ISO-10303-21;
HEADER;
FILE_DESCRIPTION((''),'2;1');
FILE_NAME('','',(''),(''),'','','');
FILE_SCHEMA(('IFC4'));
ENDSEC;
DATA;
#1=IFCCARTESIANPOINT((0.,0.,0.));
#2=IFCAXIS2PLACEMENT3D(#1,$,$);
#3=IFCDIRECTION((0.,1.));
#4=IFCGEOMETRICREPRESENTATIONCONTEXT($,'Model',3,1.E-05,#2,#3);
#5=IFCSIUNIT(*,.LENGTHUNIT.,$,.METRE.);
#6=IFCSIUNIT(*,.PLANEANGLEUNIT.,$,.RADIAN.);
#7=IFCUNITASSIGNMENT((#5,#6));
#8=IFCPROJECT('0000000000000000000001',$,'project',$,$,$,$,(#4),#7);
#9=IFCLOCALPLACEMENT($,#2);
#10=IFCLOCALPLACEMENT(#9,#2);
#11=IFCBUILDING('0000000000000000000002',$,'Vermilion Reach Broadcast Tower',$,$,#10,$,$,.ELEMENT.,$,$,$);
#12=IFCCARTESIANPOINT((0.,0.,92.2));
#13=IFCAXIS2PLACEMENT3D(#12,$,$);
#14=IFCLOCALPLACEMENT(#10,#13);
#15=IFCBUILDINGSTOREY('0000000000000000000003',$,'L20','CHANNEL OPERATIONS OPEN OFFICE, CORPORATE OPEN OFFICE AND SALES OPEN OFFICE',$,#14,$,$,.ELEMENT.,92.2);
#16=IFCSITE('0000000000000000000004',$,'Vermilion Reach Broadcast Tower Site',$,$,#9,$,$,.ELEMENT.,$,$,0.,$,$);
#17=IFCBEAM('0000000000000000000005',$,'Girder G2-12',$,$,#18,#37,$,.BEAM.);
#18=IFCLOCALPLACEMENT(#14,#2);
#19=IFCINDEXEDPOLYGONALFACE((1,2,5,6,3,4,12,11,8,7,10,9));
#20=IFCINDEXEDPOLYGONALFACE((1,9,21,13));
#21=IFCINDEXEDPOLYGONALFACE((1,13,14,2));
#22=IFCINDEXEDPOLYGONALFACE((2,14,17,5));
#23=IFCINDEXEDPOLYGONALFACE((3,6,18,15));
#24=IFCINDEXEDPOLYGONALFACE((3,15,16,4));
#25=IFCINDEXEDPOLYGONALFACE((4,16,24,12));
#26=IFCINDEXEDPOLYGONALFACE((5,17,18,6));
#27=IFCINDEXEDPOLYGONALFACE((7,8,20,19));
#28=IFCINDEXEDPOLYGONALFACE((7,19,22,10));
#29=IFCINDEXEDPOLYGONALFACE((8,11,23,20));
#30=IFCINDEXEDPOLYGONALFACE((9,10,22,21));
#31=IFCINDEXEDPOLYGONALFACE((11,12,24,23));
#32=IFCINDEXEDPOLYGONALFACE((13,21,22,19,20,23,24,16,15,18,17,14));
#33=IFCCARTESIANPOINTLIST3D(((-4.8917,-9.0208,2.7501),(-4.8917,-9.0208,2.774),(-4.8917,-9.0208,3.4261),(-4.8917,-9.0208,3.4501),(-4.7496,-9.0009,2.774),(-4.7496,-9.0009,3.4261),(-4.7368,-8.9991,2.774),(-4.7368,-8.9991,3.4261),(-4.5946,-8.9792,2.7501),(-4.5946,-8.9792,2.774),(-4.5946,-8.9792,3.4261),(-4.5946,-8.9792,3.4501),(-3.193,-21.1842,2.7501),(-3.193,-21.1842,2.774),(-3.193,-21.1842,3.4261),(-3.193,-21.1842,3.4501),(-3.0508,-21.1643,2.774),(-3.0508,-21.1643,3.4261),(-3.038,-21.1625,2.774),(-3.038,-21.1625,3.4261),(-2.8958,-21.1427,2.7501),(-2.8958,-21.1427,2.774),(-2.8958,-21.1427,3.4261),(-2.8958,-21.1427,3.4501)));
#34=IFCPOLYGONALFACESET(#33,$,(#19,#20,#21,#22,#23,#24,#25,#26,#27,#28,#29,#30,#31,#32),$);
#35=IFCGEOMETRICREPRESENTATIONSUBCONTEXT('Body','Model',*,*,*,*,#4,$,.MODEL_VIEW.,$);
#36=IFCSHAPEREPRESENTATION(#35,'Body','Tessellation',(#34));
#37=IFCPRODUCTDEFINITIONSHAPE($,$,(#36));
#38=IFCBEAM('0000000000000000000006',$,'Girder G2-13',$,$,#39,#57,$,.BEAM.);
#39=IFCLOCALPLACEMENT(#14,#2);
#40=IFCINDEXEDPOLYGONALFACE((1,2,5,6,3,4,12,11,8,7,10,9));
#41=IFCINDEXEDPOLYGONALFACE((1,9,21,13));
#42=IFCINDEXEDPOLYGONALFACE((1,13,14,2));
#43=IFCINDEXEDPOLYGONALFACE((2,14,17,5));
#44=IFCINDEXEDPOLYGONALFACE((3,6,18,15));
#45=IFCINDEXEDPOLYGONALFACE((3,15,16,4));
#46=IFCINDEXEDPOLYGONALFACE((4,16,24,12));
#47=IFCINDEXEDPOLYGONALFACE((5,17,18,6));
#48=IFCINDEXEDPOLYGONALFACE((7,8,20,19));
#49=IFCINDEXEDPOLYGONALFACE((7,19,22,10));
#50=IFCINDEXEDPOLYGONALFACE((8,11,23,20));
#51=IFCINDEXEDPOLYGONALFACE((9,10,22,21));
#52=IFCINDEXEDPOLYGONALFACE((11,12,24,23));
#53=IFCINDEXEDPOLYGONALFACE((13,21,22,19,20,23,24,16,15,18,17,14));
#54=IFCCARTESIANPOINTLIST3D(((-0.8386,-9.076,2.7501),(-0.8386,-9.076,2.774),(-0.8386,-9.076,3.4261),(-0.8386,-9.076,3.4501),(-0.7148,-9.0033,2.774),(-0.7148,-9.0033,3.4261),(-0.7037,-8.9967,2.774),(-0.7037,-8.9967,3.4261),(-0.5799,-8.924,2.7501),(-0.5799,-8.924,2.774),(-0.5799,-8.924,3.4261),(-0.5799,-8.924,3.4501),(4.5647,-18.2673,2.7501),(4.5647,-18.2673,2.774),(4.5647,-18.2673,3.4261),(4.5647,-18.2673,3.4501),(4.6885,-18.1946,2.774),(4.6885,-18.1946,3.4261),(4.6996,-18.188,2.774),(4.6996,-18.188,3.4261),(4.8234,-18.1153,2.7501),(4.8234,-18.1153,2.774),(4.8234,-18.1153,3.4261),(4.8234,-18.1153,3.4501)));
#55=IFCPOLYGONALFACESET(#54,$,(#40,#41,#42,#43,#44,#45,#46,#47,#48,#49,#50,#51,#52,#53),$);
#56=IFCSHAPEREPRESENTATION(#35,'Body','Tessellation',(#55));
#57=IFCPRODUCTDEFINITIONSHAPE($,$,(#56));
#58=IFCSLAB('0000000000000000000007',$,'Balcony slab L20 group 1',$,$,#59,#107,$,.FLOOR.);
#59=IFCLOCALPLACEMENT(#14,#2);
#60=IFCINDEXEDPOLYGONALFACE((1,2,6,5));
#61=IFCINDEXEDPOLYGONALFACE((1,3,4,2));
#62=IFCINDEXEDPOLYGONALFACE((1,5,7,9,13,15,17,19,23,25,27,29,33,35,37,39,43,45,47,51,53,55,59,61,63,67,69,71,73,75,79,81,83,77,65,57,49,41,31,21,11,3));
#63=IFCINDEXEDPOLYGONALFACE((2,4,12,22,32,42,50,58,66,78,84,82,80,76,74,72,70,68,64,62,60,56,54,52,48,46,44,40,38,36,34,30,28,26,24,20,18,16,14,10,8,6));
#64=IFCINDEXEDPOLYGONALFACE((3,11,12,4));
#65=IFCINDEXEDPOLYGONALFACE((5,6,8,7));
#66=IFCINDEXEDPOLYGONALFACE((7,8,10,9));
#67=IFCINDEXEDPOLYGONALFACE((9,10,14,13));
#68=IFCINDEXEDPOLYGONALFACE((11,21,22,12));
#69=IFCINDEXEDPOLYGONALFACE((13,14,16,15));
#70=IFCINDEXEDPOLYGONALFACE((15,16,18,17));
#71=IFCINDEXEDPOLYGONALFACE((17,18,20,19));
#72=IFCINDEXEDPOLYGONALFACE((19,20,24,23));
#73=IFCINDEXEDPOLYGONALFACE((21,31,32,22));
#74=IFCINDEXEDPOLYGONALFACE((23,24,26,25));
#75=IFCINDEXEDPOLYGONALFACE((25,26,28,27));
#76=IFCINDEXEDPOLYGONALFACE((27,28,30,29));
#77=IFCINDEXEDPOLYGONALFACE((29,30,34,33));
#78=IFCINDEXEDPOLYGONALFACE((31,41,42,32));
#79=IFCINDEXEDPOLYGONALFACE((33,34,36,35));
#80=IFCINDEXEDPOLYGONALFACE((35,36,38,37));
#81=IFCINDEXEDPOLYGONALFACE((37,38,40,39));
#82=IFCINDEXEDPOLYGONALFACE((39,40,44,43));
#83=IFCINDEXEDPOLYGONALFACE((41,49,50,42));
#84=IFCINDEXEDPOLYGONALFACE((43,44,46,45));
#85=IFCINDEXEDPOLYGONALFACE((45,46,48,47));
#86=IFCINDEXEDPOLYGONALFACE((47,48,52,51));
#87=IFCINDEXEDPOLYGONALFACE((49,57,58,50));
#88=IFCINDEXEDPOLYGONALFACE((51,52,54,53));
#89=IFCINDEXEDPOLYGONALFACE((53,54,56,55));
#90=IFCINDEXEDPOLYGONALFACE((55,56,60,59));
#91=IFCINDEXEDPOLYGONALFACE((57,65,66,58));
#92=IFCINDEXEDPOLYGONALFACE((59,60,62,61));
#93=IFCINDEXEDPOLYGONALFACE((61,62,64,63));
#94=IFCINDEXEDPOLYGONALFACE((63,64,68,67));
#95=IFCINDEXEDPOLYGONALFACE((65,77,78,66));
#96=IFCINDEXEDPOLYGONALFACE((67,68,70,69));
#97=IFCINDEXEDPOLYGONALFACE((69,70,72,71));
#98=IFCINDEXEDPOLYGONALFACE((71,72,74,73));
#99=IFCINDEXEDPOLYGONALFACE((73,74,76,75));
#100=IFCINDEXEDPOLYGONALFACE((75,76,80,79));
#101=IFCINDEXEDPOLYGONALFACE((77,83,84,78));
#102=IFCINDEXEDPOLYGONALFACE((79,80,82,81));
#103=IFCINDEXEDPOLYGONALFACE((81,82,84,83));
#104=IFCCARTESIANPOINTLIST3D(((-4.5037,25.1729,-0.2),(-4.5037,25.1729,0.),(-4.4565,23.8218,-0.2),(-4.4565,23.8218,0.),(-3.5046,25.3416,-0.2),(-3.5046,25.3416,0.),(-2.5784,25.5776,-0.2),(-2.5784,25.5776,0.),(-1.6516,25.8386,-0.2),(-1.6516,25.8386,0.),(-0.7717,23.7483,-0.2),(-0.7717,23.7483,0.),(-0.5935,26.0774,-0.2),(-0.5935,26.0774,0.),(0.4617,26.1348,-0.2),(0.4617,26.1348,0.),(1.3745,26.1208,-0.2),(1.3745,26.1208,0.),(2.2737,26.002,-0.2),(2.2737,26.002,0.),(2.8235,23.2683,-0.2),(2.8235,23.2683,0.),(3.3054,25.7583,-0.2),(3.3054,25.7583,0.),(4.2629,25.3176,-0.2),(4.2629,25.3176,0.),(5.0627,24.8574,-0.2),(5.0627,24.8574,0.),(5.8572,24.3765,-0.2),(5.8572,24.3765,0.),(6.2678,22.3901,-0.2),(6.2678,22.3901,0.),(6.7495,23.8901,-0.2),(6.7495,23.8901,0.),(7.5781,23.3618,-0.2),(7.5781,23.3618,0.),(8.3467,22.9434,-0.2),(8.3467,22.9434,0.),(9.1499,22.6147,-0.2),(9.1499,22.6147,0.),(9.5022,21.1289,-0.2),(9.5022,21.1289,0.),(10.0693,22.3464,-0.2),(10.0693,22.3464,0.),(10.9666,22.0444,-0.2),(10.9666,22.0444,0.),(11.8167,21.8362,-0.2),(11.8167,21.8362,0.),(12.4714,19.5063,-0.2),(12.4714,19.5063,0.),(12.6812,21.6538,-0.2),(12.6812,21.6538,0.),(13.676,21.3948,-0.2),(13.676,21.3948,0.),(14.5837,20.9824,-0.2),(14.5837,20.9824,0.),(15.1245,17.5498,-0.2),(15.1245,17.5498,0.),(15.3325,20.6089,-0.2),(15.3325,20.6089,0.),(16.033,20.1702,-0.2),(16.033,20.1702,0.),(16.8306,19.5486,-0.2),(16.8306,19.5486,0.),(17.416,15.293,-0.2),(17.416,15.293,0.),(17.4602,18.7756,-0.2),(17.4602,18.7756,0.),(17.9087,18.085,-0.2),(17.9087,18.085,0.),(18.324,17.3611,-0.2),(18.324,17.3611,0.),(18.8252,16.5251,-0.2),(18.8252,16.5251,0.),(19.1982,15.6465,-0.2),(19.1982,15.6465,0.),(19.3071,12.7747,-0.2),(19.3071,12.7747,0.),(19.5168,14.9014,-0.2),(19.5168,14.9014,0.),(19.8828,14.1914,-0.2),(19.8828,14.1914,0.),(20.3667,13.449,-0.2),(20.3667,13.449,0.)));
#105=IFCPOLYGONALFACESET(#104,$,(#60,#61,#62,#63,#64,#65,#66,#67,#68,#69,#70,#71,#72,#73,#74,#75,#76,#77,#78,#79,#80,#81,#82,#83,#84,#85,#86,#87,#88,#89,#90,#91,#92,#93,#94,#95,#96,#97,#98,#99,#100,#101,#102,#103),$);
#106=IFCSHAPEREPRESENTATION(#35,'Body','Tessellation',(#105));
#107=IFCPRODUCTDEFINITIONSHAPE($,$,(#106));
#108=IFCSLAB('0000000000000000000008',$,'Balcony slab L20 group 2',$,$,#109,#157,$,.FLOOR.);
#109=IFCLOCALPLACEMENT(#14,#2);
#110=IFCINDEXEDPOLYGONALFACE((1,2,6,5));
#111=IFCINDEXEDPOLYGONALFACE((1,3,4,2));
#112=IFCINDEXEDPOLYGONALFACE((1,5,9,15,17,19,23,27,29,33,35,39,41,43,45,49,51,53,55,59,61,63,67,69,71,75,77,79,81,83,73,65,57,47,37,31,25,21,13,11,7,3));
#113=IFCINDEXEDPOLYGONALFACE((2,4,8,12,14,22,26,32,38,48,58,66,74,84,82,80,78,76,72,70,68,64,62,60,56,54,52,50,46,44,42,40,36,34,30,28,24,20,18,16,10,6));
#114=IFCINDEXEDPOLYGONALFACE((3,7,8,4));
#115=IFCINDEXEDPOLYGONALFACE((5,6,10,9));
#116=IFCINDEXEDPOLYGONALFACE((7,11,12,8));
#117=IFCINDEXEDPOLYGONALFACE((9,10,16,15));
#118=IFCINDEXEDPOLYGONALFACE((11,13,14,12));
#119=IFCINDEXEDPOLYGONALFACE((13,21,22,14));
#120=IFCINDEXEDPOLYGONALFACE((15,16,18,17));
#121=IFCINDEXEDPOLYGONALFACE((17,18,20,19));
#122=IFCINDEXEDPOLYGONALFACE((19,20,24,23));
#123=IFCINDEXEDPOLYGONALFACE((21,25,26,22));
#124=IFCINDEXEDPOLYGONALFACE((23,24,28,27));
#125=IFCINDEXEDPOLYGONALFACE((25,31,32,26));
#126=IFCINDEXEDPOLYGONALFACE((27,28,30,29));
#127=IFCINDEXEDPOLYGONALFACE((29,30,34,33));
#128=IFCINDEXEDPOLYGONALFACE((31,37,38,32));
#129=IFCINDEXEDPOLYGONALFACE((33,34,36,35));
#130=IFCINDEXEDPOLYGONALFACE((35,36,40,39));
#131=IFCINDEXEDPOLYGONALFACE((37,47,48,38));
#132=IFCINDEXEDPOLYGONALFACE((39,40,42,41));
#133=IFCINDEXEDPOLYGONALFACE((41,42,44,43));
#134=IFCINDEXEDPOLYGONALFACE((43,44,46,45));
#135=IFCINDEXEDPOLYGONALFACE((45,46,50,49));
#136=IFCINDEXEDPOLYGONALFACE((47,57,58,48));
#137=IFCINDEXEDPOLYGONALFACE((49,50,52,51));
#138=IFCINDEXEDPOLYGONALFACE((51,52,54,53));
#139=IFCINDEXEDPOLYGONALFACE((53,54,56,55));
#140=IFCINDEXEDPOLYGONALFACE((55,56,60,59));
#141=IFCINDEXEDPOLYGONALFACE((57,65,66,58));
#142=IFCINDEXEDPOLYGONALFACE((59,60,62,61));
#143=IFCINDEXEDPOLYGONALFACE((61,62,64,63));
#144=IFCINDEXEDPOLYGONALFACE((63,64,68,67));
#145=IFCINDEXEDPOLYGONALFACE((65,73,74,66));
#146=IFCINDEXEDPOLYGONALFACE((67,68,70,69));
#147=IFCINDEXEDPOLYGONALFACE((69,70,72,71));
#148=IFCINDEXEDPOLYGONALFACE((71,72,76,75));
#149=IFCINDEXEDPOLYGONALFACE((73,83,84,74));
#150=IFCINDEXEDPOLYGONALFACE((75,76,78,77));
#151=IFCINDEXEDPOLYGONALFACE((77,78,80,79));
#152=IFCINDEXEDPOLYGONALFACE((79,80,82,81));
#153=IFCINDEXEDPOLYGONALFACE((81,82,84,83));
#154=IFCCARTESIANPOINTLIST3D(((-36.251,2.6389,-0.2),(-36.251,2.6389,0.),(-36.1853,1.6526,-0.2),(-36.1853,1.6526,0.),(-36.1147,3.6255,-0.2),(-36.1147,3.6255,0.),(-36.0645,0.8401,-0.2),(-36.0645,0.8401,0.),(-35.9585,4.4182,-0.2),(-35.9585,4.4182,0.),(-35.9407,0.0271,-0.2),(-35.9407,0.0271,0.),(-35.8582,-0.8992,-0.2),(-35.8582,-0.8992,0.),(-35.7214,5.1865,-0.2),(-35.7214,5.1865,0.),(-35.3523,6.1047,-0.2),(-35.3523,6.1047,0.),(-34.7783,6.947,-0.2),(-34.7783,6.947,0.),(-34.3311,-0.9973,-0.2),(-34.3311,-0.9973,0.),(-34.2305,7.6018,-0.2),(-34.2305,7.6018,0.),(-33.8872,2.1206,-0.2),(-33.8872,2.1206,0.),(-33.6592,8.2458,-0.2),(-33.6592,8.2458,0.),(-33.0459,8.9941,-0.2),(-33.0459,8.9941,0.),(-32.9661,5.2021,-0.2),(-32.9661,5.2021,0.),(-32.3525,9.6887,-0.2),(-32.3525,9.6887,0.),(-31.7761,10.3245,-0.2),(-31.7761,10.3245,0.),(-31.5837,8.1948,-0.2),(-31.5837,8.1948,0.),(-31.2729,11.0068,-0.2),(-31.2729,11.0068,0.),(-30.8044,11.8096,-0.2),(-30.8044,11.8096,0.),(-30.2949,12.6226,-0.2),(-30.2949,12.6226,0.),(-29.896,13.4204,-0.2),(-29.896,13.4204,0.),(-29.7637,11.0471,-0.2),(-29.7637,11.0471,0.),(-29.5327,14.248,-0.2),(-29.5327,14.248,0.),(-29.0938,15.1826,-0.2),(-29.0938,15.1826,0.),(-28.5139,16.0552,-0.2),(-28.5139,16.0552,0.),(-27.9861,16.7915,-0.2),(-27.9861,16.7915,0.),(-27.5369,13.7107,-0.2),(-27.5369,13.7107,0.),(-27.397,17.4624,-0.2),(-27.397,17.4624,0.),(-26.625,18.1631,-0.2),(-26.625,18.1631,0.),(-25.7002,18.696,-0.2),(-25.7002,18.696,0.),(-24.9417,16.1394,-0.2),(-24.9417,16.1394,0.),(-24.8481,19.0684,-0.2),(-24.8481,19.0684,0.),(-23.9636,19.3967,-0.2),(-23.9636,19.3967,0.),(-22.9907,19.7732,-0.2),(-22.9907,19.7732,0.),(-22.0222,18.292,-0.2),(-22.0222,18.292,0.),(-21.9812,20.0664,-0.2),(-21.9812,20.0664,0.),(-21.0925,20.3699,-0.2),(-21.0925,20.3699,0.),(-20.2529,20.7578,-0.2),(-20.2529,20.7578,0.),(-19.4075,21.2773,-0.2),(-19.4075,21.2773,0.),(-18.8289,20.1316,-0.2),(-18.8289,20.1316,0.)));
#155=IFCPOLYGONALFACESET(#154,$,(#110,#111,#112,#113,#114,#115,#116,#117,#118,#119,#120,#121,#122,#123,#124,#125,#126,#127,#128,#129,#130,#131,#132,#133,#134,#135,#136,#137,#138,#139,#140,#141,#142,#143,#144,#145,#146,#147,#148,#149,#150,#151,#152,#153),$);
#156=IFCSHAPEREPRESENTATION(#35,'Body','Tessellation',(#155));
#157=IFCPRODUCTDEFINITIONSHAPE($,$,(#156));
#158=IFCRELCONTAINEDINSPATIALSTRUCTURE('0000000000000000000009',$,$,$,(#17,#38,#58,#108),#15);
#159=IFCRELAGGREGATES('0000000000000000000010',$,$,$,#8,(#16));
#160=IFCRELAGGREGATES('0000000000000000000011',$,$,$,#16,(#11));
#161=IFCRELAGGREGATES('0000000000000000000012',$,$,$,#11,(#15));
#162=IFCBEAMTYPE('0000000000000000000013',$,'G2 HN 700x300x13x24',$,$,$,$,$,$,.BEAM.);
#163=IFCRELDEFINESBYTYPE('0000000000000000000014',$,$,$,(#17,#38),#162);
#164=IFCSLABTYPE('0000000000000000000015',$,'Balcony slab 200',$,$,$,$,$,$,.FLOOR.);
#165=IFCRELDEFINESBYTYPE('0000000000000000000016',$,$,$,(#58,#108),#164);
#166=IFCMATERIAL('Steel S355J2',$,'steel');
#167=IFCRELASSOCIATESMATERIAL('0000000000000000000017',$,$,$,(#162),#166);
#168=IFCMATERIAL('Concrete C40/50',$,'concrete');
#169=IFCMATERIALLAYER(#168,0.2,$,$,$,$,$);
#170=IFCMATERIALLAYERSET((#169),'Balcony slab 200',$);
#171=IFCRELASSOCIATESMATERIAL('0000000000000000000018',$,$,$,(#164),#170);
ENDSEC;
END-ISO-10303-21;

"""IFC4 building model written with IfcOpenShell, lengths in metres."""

from ifc_helpers import new_model, si_unit, direction, frame, origin, origin_2d, place, context, subcontext, project, spatial, polyline, i_section, outline, extrude, material, layer, layer_set, material_profile, profile_set, type_object, element, save


model = new_model("IFC4")

# Units and contexts
model_context = context("Model", 3, precision=1e-05, world=origin(), true_north=direction((0.0, 1.0)))
body_context = subcontext(model_context, "Body", "Model", "MODEL_VIEW")
ifc_project = project(units=[si_unit("LENGTHUNIT", "METRE"), si_unit("PLANEANGLEUNIT", "RADIAN")], contexts=[model_context])

# Site, building, storey
site_placement = place(None, origin())
site = spatial("IfcSite", under=ifc_project, at=site_placement, Name="Vermilion Reach Broadcast Tower Site", CompositionType="ELEMENT", RefElevation=0.0)
building_placement = place(site_placement, origin())
building = spatial("IfcBuilding", under=site, at=building_placement, Name="Vermilion Reach Broadcast Tower", CompositionType="ELEMENT")
storey_placement = place(building_placement, frame((0.0, 0.0, 92.2)))
storey = spatial("IfcBuildingStorey", under=building, at=storey_placement, Name="L20", Description="CHANNEL OPERATIONS OPEN OFFICE, CORPORATE OPEN OFFICE AND SALES OPEN OFFICE", CompositionType="ELEMENT", Elevation=92.2)

# Beams
ifc_material_1 = material(Name="Steel S355J2", Category="steel")
ifc_material_profile = material_profile(ifc_material_1, i_section(OverallWidth=0.3, OverallDepth=0.7, WebThickness=0.0129, FlangeThickness=0.0239, at=origin_2d()), Name="S355J2 HN 700x300x13x24")
ifc_profile_set = profile_set([ifc_material_profile], Name="Steel S355J2")
beam_type = type_object("IfcBeamType", Name="G2 HN 700x300x13x24", PredefinedType="BEAM", material=ifc_profile_set)
beam_1_placement = place(storey_placement, frame((-4.7432, -9.0, 3.1001), z_axis=(0.138318, -0.990388, 0.0), x_axis=(0.990388, 0.138318, 0.0)))
element("IfcBeam", 1, at=beam_1_placement, inside=storey, type_object=beam_type, Name="Girder G2-12", PredefinedType="BEAM", context=body_context, shape_type="SweptSolid", body=[
    extrude(i_section(OverallWidth=0.3, OverallDepth=0.7, WebThickness=0.0129, FlangeThickness=0.0239, at=origin_2d()), origin(), (0.0, 0.0, 1.0), 12.2815),
])
beam_2_placement = place(storey_placement, frame((-0.7092, -9.0, 3.1001), z_axis=(0.506784, -0.862073, 0.0), x_axis=(0.862073, 0.506784, 0.0)))
element("IfcBeam", 2, at=beam_2_placement, inside=storey, type_object=beam_type, Name="Girder G2-13", PredefinedType="BEAM", context=body_context, shape_type="SweptSolid", body=[
    extrude(i_section(OverallWidth=0.3, OverallDepth=0.7, WebThickness=0.0129, FlangeThickness=0.0239, at=origin_2d()), origin(), (0.0, 0.0, 1.0), 10.6619),
])

# Slabs
ifc_material_2 = material(Name="Concrete C40/50", Category="concrete")
ifc_layer_1 = layer(ifc_material_2, 0.2)
ifc_layer_set_1 = layer_set([ifc_layer_1], Name="Balcony slab 200")
slab_type_1 = type_object("IfcSlabType", Name="Balcony slab 200", PredefinedType="FLOOR", material=ifc_layer_set_1)
placement_1 = place(storey_placement, frame((0.0, 0.0, -0.2)))
element("IfcSlab", 3, at=placement_1, inside=storey, type_object=slab_type_1, Name="Balcony slab L20 group 1", PredefinedType="FLOOR", context=body_context, shape_type="SweptSolid", body=[
    extrude(outline(polyline([(19.3071, 12.7747), (17.416, 15.293), (15.1245, 17.5498), (12.4714, 19.5063), (9.5022, 21.1289), (6.2678, 22.3901), (2.8235, 23.2683), (-0.7717, 23.7483), (-4.4565, 23.8218), (-4.5037, 25.1729), (-3.5046, 25.3416), (-2.5784, 25.5776), (-1.6516, 25.8386), (-0.5935, 26.0774), (0.4617, 26.1348), (1.3745, 26.1208), (2.2737, 26.002), (3.3054, 25.7583), (4.2629, 25.3176), (5.0627, 24.8574), (5.8572, 24.3765), (6.7495, 23.8901), (7.5781, 23.3618), (8.3467, 22.9434), (9.1499, 22.6147), (10.0693, 22.3464), (10.9666, 22.0444), (11.8167, 21.8362), (12.6812, 21.6538), (13.676, 21.3948), (14.5837, 20.9824), (15.3325, 20.6089), (16.033, 20.1702), (16.8306, 19.5486), (17.4602, 18.7756), (17.9087, 18.085), (18.324, 17.3611), (18.8252, 16.5251), (19.1982, 15.6465), (19.5168, 14.9014), (19.8828, 14.1914), (20.3667, 13.449), (19.3071, 12.7747)])), origin(), (0.0, 0.0, 1.0), 0.2),
])
element("IfcSlab", 4, at=placement_1, inside=storey, type_object=slab_type_1, Name="Balcony slab L20 group 2", PredefinedType="FLOOR", context=body_context, shape_type="SweptSolid", body=[
    extrude(outline(polyline([(-18.8289, 20.1316), (-22.0222, 18.292), (-24.9417, 16.1394), (-27.5369, 13.7107), (-29.7637, 11.0471), (-31.5837, 8.1948), (-32.9661, 5.2021), (-33.8872, 2.1206), (-34.3311, -0.9973), (-35.8582, -0.8992), (-35.9407, 0.0271), (-36.0645, 0.8401), (-36.1853, 1.6526), (-36.251, 2.6389), (-36.1147, 3.6255), (-35.9585, 4.4182), (-35.7214, 5.1865), (-35.3523, 6.1047), (-34.7783, 6.947), (-34.2305, 7.6018), (-33.6592, 8.2458), (-33.0459, 8.9941), (-32.3525, 9.6887), (-31.7761, 10.3245), (-31.2729, 11.0068), (-30.8044, 11.8096), (-30.2949, 12.6226), (-29.896, 13.4204), (-29.5327, 14.248), (-29.0938, 15.1826), (-28.5139, 16.0552), (-27.9861, 16.7915), (-27.397, 17.4624), (-26.625, 18.1631), (-25.7002, 18.696), (-24.8481, 19.0684), (-23.9636, 19.3967), (-22.9907, 19.7732), (-21.9812, 20.0664), (-21.0925, 20.3699), (-20.2529, 20.7578), (-19.4075, 21.2773), (-18.8289, 20.1316)])), origin(), (0.0, 0.0, 1.0), 0.2),
])

save(model, "model.ifc")
